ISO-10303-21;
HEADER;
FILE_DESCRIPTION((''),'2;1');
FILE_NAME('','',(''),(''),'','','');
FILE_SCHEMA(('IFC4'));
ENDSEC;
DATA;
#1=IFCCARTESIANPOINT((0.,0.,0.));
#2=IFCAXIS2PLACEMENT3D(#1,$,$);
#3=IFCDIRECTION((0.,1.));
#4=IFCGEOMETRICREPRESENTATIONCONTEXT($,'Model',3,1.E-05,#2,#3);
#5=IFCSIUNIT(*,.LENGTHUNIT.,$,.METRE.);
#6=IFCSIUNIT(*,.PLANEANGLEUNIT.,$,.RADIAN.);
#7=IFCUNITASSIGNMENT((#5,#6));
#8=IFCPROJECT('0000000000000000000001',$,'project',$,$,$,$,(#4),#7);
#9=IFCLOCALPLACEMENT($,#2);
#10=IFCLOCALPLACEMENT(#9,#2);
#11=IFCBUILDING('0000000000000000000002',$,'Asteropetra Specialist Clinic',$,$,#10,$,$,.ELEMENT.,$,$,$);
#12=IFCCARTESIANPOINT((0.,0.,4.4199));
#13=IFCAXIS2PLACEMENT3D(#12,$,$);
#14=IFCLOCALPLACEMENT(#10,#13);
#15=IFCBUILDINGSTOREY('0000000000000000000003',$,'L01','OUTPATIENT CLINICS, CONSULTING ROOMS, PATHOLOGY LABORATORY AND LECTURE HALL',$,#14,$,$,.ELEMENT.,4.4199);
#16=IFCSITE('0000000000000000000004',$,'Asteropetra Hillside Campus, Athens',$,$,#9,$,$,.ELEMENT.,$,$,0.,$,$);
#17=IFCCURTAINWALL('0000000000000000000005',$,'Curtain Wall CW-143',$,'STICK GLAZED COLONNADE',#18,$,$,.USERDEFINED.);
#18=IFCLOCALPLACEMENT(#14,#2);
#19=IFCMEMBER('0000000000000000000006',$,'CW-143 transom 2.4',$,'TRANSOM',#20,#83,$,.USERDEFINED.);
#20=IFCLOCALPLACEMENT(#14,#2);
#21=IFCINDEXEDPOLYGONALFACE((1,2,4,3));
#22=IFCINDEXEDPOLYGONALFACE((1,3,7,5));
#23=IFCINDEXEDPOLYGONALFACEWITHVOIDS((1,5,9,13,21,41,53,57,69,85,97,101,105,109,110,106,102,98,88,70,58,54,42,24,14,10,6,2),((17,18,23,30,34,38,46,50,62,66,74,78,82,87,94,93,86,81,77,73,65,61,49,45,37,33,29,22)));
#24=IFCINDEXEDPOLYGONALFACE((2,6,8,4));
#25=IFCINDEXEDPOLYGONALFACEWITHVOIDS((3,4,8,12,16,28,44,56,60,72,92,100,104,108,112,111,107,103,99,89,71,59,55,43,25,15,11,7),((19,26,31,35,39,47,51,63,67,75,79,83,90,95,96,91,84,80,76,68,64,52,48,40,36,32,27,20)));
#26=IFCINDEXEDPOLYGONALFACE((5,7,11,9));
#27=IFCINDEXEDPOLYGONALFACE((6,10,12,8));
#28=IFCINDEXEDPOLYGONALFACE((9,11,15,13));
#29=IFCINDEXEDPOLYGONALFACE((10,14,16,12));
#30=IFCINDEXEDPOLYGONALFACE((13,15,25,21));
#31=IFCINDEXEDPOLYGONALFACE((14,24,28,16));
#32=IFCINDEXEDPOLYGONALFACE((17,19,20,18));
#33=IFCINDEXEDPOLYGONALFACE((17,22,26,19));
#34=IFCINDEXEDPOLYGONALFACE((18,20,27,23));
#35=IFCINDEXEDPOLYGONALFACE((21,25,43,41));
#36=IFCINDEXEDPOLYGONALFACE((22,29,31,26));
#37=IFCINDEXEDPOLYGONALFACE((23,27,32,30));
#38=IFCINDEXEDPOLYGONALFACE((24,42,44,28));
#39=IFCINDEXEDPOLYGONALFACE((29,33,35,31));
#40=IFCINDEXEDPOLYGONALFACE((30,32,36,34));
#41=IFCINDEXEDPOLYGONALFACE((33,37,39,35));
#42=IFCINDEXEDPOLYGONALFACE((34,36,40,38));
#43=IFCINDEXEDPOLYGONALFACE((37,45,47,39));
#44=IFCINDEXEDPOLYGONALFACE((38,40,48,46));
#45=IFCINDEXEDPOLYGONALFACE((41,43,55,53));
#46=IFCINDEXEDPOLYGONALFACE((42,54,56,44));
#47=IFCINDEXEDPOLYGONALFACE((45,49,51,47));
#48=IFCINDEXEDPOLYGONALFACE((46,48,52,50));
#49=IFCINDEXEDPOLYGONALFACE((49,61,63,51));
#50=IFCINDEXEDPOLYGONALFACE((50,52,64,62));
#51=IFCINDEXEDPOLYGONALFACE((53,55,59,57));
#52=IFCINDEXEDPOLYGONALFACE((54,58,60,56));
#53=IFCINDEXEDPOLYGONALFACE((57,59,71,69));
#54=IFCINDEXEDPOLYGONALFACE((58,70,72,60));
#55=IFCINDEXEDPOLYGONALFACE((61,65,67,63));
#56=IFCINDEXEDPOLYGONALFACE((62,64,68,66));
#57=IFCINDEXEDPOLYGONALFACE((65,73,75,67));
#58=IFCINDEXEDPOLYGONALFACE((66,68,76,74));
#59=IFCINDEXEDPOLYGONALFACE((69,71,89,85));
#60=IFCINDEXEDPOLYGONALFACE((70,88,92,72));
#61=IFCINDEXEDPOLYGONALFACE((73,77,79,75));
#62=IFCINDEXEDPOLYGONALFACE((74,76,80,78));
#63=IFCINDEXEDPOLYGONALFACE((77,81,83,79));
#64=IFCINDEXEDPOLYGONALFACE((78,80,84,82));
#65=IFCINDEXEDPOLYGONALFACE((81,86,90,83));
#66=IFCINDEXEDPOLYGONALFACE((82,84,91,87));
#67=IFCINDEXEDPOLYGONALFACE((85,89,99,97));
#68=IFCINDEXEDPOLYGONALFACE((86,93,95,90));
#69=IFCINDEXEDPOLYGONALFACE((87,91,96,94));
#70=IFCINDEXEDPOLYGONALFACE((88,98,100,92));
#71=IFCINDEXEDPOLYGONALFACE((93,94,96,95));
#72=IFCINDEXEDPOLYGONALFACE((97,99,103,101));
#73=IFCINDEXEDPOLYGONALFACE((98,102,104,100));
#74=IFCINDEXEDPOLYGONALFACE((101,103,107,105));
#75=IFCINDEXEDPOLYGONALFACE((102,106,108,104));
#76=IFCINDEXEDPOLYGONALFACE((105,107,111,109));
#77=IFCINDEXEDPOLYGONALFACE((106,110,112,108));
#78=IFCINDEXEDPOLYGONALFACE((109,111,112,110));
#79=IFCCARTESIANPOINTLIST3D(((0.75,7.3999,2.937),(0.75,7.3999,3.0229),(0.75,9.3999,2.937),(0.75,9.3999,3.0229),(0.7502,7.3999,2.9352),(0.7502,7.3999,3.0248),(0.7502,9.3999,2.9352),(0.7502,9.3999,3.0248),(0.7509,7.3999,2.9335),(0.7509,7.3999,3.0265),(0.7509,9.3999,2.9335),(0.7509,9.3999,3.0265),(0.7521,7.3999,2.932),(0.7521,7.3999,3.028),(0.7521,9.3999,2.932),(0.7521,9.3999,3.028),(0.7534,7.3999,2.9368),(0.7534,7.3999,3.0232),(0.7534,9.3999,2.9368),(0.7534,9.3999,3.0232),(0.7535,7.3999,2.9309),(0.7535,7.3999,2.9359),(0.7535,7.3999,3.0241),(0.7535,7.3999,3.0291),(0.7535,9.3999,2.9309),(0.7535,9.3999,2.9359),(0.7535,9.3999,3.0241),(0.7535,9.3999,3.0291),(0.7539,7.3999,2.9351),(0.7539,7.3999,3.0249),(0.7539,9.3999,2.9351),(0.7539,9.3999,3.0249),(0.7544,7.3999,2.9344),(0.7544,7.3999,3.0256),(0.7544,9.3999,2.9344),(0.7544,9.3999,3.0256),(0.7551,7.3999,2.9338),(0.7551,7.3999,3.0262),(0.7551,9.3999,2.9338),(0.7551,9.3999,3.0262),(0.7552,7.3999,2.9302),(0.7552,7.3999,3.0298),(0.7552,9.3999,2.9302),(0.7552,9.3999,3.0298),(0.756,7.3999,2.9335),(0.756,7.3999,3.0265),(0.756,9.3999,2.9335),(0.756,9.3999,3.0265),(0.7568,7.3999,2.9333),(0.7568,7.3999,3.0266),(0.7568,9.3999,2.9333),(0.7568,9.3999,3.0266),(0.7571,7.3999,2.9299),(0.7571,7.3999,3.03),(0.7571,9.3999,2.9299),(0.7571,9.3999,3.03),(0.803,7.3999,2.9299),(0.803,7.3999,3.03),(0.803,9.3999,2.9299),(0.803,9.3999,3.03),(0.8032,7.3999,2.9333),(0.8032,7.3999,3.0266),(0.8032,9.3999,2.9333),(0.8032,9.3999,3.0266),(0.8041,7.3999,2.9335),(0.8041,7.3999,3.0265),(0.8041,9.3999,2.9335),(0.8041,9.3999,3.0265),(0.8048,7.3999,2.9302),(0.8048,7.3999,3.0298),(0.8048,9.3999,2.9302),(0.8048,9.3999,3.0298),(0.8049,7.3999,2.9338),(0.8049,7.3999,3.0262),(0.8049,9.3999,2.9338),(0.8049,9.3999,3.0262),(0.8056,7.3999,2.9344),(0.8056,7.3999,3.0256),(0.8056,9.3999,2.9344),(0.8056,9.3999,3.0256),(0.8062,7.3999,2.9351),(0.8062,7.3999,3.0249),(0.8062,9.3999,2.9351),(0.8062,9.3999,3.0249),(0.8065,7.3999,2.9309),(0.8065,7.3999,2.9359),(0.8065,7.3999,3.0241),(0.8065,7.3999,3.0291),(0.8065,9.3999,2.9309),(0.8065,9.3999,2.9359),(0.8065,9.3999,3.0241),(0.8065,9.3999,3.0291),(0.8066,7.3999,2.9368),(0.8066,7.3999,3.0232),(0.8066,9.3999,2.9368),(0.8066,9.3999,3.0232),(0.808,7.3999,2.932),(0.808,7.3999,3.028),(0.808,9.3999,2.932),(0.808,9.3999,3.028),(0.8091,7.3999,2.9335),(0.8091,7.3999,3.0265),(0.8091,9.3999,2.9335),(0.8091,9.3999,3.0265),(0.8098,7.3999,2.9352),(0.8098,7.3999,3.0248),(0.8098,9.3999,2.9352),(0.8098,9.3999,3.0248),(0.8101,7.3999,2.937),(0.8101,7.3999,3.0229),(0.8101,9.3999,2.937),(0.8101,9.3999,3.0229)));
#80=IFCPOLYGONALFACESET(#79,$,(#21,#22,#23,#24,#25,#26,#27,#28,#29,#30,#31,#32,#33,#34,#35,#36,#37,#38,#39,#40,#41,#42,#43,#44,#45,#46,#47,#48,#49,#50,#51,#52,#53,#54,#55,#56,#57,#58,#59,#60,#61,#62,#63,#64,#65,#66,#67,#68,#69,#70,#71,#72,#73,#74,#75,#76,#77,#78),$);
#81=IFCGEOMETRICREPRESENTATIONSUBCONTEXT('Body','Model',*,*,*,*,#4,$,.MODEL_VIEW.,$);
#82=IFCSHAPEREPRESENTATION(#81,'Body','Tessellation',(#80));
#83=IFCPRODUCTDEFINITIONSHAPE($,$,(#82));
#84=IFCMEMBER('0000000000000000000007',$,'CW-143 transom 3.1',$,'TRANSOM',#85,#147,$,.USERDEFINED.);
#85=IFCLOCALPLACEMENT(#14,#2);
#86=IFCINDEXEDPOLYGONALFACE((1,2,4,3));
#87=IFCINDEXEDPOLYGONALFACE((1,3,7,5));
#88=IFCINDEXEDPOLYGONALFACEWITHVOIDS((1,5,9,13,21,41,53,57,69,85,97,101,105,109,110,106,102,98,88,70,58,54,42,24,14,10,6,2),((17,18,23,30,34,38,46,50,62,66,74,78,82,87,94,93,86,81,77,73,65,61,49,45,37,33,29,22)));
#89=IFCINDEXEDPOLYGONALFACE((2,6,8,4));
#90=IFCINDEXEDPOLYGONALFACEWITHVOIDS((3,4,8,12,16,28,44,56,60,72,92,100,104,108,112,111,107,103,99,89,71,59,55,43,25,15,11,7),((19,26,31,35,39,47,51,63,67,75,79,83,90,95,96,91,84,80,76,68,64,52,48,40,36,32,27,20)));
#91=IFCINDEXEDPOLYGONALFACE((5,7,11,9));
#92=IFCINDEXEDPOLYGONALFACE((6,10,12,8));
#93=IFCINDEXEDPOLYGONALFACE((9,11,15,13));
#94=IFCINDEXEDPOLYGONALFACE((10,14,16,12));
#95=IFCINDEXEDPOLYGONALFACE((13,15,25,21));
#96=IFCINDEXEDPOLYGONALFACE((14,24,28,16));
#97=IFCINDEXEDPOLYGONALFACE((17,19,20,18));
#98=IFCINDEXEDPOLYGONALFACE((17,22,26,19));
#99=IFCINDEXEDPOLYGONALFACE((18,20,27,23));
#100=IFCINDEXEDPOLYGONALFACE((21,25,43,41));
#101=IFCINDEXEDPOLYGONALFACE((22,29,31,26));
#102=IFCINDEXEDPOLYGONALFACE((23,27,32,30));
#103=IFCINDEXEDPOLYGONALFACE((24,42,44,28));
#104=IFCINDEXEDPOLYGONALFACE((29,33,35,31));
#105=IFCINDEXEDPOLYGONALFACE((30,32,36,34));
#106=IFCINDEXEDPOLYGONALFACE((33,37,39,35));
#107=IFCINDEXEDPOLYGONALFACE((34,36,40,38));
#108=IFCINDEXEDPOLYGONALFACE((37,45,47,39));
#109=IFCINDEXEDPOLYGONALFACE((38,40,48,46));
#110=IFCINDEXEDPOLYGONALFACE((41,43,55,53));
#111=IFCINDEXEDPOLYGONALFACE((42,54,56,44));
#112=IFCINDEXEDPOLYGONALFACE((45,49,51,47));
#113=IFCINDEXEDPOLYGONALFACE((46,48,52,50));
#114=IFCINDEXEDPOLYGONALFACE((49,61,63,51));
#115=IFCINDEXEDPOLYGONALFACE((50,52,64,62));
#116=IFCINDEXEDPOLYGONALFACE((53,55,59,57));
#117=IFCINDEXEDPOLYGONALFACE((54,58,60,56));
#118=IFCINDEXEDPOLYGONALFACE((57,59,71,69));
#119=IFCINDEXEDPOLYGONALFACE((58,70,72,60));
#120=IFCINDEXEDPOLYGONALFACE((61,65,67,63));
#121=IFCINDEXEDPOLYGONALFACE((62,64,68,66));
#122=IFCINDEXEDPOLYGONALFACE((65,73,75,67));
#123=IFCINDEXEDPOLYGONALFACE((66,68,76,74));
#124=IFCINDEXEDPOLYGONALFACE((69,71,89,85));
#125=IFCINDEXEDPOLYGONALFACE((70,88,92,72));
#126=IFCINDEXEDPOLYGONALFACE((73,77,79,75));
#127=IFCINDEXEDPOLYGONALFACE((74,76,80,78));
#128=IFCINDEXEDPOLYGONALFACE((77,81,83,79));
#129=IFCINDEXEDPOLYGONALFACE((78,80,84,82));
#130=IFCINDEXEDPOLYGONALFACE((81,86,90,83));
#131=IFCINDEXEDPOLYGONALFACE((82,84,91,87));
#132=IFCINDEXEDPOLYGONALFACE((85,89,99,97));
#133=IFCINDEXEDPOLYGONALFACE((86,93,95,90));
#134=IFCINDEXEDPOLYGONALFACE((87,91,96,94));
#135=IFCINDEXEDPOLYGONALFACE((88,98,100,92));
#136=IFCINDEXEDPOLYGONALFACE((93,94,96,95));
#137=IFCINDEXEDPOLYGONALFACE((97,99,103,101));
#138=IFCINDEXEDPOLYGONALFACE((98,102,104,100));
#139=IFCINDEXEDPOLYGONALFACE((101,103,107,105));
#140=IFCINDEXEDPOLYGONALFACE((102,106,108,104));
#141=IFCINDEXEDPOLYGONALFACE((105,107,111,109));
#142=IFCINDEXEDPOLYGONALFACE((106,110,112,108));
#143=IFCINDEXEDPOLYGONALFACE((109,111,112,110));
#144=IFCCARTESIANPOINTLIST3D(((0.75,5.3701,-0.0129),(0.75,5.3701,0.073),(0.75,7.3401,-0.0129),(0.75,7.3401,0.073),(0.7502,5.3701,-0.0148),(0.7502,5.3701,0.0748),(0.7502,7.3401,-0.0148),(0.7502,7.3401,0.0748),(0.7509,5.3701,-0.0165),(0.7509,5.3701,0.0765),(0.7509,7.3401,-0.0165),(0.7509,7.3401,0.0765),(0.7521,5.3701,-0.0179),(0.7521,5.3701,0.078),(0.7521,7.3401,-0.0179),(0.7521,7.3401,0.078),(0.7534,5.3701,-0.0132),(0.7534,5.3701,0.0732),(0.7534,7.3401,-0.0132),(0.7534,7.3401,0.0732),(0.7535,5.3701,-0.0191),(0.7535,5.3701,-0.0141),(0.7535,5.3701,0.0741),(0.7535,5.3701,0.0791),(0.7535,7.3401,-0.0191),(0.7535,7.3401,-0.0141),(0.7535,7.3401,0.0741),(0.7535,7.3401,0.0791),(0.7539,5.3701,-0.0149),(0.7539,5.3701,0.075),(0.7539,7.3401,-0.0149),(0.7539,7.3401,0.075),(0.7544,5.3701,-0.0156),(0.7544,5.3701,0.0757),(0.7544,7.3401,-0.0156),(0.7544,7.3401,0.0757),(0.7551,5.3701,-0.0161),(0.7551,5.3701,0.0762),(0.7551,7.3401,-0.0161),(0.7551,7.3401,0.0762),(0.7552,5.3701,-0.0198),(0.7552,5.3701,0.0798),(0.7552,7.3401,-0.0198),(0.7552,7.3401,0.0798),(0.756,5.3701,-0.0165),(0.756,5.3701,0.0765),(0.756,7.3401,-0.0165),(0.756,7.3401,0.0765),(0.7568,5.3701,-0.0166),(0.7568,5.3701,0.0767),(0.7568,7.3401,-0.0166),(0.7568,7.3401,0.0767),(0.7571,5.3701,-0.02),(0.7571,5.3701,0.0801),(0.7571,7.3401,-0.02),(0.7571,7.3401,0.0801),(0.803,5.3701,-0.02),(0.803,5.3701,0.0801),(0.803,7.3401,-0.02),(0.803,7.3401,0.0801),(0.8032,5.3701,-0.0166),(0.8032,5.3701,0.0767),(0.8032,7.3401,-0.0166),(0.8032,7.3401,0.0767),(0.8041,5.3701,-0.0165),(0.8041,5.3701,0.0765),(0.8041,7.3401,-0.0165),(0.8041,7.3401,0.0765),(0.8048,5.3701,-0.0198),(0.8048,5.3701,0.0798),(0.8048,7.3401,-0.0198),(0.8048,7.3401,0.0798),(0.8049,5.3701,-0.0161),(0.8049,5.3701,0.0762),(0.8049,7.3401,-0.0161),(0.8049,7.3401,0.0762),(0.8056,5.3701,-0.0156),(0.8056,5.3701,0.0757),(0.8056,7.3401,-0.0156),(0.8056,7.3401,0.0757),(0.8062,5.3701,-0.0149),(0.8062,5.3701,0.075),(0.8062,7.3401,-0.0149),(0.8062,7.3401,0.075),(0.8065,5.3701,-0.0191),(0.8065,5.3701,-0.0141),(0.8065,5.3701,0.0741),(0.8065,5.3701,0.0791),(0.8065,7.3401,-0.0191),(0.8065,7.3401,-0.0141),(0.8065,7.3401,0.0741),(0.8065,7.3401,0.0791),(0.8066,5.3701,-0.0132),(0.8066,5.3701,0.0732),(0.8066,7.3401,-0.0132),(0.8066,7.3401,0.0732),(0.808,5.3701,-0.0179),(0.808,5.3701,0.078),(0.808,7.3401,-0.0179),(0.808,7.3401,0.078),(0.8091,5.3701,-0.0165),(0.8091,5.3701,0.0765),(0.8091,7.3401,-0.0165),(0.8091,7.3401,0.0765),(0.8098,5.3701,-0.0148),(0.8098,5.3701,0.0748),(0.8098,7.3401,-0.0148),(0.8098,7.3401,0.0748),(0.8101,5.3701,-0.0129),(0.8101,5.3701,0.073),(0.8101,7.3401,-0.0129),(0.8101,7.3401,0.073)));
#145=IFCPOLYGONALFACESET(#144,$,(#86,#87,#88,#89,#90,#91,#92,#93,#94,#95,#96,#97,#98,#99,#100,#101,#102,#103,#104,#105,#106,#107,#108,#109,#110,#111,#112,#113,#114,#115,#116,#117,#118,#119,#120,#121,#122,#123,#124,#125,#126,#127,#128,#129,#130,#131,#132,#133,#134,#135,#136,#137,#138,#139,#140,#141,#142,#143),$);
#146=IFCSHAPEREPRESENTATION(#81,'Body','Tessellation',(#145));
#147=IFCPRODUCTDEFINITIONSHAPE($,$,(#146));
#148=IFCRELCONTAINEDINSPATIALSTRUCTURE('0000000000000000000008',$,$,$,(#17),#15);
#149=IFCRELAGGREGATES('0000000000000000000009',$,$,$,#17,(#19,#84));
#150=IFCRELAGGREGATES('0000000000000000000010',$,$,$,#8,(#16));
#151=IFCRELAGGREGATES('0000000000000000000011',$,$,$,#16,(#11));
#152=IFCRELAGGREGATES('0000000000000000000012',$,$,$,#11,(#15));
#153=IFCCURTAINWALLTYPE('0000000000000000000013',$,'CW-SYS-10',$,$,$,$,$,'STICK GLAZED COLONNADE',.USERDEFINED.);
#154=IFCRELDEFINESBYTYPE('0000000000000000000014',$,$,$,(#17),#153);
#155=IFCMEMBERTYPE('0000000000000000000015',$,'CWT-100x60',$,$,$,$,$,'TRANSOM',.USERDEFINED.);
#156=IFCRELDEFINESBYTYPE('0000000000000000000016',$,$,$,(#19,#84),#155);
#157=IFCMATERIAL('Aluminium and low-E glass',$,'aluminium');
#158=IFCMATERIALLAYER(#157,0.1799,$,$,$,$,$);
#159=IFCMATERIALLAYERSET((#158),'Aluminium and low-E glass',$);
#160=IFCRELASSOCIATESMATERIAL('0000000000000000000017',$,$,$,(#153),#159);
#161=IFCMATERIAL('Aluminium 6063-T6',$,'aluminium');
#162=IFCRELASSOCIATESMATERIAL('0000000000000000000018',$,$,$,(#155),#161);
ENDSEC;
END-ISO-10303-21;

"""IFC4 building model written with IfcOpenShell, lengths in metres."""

from ifc_helpers import new_model, si_unit, direction, frame, origin, origin_2d, place, context, subcontext, project, spatial, hollow_rectangle, extrude, material, layer, layer_set, material_profile, profile_set, type_object, element, aggregate, save


model = new_model("IFC4")

# Units and contexts
model_context = context("Model", 3, precision=1e-05, world=origin(), true_north=direction((0.0, 1.0)))
body_context = subcontext(model_context, "Body", "Model", "MODEL_VIEW")
ifc_project = project(units=[si_unit("LENGTHUNIT", "METRE"), si_unit("PLANEANGLEUNIT", "RADIAN")], contexts=[model_context])

# Site, building, storey
site_placement = place(None, origin())
site = spatial("IfcSite", under=ifc_project, at=site_placement, Name="Asteropetra Hillside Campus, Athens", CompositionType="ELEMENT", RefElevation=0.0)
building_placement = place(site_placement, origin())
building = spatial("IfcBuilding", under=site, at=building_placement, Name="Asteropetra Specialist Clinic", CompositionType="ELEMENT")
storey_placement = place(building_placement, frame((0.0, 0.0, 4.4199)))
storey = spatial("IfcBuildingStorey", under=building, at=storey_placement, Name="L01", Description="OUTPATIENT CLINICS, CONSULTING ROOMS, PATHOLOGY LABORATORY AND LECTURE HALL", CompositionType="ELEMENT", Elevation=4.4199)

# Curtain wall, members
ifc_material_1 = material(Name="Aluminium and low-E glass", Category="aluminium")
ifc_layer_1 = layer(ifc_material_1, 0.1799)
ifc_layer_set_1 = layer_set([ifc_layer_1], Name="Aluminium and low-E glass")
curtain_wall_type = type_object("IfcCurtainWallType", Name="CW-SYS-10", ElementType="STICK GLAZED COLONNADE", PredefinedType="USERDEFINED", material=ifc_layer_set_1)
curtain_wall_placement = place(storey_placement, origin())
curtain_wall = element("IfcCurtainWall", 1, at=curtain_wall_placement, inside=storey, type_object=curtain_wall_type, Name="Curtain Wall CW-143", ObjectType="STICK GLAZED COLONNADE", PredefinedType="USERDEFINED")
ifc_material_2 = material(Name="Aluminium 6063-T6", Category="aluminium")
ifc_material_profile_1 = material_profile(ifc_material_2, hollow_rectangle(XDim=0.0601, YDim=0.1001, WallThickness=0.0034, InnerFilletRadius=0.0034, OuterFilletRadius=0.0071, at=origin_2d()), Name="TRN 100x60x3.5")
ifc_profile_set_1 = profile_set([ifc_material_profile_1], Name="Aluminium 6063-T6")
member_type_1 = type_object("IfcMemberType", Name="CWT-100x60", ElementType="TRANSOM", PredefinedType="USERDEFINED", material=ifc_profile_set_1)
member_1_placement = place(storey_placement, frame((0.78, 9.3999, 2.98), z_axis=(0.0, -1.0, 0.0), x_axis=(1.0, 0.0, 0.0)))
member_1 = element("IfcMember", 2, at=member_1_placement, type_object=member_type_1, Name="CW-143 transom 2.4", ObjectType="TRANSOM", PredefinedType="USERDEFINED", context=body_context, shape_type="SweptSolid", body=[
    extrude(hollow_rectangle(XDim=0.0601, YDim=0.1001, WallThickness=0.0034, InnerFilletRadius=0.0034, OuterFilletRadius=0.0071, at=origin_2d()), origin(), (0.0, 0.0, 1.0), 2.0),
])
member_2_placement = place(storey_placement, frame((0.78, 7.3401, 0.03), z_axis=(0.0, -1.0, 0.0), x_axis=(1.0, 0.0, 0.0)))
member_2 = element("IfcMember", 3, at=member_2_placement, type_object=member_type_1, Name="CW-143 transom 3.1", ObjectType="TRANSOM", PredefinedType="USERDEFINED", context=body_context, shape_type="SweptSolid", body=[
    extrude(hollow_rectangle(XDim=0.0601, YDim=0.1001, WallThickness=0.0034, InnerFilletRadius=0.0034, OuterFilletRadius=0.0071, at=origin_2d()), origin(), (0.0, 0.0, 1.0), 1.97),
])

aggregate(curtain_wall, [member_1, member_2])

save(model, "model.ifc")
